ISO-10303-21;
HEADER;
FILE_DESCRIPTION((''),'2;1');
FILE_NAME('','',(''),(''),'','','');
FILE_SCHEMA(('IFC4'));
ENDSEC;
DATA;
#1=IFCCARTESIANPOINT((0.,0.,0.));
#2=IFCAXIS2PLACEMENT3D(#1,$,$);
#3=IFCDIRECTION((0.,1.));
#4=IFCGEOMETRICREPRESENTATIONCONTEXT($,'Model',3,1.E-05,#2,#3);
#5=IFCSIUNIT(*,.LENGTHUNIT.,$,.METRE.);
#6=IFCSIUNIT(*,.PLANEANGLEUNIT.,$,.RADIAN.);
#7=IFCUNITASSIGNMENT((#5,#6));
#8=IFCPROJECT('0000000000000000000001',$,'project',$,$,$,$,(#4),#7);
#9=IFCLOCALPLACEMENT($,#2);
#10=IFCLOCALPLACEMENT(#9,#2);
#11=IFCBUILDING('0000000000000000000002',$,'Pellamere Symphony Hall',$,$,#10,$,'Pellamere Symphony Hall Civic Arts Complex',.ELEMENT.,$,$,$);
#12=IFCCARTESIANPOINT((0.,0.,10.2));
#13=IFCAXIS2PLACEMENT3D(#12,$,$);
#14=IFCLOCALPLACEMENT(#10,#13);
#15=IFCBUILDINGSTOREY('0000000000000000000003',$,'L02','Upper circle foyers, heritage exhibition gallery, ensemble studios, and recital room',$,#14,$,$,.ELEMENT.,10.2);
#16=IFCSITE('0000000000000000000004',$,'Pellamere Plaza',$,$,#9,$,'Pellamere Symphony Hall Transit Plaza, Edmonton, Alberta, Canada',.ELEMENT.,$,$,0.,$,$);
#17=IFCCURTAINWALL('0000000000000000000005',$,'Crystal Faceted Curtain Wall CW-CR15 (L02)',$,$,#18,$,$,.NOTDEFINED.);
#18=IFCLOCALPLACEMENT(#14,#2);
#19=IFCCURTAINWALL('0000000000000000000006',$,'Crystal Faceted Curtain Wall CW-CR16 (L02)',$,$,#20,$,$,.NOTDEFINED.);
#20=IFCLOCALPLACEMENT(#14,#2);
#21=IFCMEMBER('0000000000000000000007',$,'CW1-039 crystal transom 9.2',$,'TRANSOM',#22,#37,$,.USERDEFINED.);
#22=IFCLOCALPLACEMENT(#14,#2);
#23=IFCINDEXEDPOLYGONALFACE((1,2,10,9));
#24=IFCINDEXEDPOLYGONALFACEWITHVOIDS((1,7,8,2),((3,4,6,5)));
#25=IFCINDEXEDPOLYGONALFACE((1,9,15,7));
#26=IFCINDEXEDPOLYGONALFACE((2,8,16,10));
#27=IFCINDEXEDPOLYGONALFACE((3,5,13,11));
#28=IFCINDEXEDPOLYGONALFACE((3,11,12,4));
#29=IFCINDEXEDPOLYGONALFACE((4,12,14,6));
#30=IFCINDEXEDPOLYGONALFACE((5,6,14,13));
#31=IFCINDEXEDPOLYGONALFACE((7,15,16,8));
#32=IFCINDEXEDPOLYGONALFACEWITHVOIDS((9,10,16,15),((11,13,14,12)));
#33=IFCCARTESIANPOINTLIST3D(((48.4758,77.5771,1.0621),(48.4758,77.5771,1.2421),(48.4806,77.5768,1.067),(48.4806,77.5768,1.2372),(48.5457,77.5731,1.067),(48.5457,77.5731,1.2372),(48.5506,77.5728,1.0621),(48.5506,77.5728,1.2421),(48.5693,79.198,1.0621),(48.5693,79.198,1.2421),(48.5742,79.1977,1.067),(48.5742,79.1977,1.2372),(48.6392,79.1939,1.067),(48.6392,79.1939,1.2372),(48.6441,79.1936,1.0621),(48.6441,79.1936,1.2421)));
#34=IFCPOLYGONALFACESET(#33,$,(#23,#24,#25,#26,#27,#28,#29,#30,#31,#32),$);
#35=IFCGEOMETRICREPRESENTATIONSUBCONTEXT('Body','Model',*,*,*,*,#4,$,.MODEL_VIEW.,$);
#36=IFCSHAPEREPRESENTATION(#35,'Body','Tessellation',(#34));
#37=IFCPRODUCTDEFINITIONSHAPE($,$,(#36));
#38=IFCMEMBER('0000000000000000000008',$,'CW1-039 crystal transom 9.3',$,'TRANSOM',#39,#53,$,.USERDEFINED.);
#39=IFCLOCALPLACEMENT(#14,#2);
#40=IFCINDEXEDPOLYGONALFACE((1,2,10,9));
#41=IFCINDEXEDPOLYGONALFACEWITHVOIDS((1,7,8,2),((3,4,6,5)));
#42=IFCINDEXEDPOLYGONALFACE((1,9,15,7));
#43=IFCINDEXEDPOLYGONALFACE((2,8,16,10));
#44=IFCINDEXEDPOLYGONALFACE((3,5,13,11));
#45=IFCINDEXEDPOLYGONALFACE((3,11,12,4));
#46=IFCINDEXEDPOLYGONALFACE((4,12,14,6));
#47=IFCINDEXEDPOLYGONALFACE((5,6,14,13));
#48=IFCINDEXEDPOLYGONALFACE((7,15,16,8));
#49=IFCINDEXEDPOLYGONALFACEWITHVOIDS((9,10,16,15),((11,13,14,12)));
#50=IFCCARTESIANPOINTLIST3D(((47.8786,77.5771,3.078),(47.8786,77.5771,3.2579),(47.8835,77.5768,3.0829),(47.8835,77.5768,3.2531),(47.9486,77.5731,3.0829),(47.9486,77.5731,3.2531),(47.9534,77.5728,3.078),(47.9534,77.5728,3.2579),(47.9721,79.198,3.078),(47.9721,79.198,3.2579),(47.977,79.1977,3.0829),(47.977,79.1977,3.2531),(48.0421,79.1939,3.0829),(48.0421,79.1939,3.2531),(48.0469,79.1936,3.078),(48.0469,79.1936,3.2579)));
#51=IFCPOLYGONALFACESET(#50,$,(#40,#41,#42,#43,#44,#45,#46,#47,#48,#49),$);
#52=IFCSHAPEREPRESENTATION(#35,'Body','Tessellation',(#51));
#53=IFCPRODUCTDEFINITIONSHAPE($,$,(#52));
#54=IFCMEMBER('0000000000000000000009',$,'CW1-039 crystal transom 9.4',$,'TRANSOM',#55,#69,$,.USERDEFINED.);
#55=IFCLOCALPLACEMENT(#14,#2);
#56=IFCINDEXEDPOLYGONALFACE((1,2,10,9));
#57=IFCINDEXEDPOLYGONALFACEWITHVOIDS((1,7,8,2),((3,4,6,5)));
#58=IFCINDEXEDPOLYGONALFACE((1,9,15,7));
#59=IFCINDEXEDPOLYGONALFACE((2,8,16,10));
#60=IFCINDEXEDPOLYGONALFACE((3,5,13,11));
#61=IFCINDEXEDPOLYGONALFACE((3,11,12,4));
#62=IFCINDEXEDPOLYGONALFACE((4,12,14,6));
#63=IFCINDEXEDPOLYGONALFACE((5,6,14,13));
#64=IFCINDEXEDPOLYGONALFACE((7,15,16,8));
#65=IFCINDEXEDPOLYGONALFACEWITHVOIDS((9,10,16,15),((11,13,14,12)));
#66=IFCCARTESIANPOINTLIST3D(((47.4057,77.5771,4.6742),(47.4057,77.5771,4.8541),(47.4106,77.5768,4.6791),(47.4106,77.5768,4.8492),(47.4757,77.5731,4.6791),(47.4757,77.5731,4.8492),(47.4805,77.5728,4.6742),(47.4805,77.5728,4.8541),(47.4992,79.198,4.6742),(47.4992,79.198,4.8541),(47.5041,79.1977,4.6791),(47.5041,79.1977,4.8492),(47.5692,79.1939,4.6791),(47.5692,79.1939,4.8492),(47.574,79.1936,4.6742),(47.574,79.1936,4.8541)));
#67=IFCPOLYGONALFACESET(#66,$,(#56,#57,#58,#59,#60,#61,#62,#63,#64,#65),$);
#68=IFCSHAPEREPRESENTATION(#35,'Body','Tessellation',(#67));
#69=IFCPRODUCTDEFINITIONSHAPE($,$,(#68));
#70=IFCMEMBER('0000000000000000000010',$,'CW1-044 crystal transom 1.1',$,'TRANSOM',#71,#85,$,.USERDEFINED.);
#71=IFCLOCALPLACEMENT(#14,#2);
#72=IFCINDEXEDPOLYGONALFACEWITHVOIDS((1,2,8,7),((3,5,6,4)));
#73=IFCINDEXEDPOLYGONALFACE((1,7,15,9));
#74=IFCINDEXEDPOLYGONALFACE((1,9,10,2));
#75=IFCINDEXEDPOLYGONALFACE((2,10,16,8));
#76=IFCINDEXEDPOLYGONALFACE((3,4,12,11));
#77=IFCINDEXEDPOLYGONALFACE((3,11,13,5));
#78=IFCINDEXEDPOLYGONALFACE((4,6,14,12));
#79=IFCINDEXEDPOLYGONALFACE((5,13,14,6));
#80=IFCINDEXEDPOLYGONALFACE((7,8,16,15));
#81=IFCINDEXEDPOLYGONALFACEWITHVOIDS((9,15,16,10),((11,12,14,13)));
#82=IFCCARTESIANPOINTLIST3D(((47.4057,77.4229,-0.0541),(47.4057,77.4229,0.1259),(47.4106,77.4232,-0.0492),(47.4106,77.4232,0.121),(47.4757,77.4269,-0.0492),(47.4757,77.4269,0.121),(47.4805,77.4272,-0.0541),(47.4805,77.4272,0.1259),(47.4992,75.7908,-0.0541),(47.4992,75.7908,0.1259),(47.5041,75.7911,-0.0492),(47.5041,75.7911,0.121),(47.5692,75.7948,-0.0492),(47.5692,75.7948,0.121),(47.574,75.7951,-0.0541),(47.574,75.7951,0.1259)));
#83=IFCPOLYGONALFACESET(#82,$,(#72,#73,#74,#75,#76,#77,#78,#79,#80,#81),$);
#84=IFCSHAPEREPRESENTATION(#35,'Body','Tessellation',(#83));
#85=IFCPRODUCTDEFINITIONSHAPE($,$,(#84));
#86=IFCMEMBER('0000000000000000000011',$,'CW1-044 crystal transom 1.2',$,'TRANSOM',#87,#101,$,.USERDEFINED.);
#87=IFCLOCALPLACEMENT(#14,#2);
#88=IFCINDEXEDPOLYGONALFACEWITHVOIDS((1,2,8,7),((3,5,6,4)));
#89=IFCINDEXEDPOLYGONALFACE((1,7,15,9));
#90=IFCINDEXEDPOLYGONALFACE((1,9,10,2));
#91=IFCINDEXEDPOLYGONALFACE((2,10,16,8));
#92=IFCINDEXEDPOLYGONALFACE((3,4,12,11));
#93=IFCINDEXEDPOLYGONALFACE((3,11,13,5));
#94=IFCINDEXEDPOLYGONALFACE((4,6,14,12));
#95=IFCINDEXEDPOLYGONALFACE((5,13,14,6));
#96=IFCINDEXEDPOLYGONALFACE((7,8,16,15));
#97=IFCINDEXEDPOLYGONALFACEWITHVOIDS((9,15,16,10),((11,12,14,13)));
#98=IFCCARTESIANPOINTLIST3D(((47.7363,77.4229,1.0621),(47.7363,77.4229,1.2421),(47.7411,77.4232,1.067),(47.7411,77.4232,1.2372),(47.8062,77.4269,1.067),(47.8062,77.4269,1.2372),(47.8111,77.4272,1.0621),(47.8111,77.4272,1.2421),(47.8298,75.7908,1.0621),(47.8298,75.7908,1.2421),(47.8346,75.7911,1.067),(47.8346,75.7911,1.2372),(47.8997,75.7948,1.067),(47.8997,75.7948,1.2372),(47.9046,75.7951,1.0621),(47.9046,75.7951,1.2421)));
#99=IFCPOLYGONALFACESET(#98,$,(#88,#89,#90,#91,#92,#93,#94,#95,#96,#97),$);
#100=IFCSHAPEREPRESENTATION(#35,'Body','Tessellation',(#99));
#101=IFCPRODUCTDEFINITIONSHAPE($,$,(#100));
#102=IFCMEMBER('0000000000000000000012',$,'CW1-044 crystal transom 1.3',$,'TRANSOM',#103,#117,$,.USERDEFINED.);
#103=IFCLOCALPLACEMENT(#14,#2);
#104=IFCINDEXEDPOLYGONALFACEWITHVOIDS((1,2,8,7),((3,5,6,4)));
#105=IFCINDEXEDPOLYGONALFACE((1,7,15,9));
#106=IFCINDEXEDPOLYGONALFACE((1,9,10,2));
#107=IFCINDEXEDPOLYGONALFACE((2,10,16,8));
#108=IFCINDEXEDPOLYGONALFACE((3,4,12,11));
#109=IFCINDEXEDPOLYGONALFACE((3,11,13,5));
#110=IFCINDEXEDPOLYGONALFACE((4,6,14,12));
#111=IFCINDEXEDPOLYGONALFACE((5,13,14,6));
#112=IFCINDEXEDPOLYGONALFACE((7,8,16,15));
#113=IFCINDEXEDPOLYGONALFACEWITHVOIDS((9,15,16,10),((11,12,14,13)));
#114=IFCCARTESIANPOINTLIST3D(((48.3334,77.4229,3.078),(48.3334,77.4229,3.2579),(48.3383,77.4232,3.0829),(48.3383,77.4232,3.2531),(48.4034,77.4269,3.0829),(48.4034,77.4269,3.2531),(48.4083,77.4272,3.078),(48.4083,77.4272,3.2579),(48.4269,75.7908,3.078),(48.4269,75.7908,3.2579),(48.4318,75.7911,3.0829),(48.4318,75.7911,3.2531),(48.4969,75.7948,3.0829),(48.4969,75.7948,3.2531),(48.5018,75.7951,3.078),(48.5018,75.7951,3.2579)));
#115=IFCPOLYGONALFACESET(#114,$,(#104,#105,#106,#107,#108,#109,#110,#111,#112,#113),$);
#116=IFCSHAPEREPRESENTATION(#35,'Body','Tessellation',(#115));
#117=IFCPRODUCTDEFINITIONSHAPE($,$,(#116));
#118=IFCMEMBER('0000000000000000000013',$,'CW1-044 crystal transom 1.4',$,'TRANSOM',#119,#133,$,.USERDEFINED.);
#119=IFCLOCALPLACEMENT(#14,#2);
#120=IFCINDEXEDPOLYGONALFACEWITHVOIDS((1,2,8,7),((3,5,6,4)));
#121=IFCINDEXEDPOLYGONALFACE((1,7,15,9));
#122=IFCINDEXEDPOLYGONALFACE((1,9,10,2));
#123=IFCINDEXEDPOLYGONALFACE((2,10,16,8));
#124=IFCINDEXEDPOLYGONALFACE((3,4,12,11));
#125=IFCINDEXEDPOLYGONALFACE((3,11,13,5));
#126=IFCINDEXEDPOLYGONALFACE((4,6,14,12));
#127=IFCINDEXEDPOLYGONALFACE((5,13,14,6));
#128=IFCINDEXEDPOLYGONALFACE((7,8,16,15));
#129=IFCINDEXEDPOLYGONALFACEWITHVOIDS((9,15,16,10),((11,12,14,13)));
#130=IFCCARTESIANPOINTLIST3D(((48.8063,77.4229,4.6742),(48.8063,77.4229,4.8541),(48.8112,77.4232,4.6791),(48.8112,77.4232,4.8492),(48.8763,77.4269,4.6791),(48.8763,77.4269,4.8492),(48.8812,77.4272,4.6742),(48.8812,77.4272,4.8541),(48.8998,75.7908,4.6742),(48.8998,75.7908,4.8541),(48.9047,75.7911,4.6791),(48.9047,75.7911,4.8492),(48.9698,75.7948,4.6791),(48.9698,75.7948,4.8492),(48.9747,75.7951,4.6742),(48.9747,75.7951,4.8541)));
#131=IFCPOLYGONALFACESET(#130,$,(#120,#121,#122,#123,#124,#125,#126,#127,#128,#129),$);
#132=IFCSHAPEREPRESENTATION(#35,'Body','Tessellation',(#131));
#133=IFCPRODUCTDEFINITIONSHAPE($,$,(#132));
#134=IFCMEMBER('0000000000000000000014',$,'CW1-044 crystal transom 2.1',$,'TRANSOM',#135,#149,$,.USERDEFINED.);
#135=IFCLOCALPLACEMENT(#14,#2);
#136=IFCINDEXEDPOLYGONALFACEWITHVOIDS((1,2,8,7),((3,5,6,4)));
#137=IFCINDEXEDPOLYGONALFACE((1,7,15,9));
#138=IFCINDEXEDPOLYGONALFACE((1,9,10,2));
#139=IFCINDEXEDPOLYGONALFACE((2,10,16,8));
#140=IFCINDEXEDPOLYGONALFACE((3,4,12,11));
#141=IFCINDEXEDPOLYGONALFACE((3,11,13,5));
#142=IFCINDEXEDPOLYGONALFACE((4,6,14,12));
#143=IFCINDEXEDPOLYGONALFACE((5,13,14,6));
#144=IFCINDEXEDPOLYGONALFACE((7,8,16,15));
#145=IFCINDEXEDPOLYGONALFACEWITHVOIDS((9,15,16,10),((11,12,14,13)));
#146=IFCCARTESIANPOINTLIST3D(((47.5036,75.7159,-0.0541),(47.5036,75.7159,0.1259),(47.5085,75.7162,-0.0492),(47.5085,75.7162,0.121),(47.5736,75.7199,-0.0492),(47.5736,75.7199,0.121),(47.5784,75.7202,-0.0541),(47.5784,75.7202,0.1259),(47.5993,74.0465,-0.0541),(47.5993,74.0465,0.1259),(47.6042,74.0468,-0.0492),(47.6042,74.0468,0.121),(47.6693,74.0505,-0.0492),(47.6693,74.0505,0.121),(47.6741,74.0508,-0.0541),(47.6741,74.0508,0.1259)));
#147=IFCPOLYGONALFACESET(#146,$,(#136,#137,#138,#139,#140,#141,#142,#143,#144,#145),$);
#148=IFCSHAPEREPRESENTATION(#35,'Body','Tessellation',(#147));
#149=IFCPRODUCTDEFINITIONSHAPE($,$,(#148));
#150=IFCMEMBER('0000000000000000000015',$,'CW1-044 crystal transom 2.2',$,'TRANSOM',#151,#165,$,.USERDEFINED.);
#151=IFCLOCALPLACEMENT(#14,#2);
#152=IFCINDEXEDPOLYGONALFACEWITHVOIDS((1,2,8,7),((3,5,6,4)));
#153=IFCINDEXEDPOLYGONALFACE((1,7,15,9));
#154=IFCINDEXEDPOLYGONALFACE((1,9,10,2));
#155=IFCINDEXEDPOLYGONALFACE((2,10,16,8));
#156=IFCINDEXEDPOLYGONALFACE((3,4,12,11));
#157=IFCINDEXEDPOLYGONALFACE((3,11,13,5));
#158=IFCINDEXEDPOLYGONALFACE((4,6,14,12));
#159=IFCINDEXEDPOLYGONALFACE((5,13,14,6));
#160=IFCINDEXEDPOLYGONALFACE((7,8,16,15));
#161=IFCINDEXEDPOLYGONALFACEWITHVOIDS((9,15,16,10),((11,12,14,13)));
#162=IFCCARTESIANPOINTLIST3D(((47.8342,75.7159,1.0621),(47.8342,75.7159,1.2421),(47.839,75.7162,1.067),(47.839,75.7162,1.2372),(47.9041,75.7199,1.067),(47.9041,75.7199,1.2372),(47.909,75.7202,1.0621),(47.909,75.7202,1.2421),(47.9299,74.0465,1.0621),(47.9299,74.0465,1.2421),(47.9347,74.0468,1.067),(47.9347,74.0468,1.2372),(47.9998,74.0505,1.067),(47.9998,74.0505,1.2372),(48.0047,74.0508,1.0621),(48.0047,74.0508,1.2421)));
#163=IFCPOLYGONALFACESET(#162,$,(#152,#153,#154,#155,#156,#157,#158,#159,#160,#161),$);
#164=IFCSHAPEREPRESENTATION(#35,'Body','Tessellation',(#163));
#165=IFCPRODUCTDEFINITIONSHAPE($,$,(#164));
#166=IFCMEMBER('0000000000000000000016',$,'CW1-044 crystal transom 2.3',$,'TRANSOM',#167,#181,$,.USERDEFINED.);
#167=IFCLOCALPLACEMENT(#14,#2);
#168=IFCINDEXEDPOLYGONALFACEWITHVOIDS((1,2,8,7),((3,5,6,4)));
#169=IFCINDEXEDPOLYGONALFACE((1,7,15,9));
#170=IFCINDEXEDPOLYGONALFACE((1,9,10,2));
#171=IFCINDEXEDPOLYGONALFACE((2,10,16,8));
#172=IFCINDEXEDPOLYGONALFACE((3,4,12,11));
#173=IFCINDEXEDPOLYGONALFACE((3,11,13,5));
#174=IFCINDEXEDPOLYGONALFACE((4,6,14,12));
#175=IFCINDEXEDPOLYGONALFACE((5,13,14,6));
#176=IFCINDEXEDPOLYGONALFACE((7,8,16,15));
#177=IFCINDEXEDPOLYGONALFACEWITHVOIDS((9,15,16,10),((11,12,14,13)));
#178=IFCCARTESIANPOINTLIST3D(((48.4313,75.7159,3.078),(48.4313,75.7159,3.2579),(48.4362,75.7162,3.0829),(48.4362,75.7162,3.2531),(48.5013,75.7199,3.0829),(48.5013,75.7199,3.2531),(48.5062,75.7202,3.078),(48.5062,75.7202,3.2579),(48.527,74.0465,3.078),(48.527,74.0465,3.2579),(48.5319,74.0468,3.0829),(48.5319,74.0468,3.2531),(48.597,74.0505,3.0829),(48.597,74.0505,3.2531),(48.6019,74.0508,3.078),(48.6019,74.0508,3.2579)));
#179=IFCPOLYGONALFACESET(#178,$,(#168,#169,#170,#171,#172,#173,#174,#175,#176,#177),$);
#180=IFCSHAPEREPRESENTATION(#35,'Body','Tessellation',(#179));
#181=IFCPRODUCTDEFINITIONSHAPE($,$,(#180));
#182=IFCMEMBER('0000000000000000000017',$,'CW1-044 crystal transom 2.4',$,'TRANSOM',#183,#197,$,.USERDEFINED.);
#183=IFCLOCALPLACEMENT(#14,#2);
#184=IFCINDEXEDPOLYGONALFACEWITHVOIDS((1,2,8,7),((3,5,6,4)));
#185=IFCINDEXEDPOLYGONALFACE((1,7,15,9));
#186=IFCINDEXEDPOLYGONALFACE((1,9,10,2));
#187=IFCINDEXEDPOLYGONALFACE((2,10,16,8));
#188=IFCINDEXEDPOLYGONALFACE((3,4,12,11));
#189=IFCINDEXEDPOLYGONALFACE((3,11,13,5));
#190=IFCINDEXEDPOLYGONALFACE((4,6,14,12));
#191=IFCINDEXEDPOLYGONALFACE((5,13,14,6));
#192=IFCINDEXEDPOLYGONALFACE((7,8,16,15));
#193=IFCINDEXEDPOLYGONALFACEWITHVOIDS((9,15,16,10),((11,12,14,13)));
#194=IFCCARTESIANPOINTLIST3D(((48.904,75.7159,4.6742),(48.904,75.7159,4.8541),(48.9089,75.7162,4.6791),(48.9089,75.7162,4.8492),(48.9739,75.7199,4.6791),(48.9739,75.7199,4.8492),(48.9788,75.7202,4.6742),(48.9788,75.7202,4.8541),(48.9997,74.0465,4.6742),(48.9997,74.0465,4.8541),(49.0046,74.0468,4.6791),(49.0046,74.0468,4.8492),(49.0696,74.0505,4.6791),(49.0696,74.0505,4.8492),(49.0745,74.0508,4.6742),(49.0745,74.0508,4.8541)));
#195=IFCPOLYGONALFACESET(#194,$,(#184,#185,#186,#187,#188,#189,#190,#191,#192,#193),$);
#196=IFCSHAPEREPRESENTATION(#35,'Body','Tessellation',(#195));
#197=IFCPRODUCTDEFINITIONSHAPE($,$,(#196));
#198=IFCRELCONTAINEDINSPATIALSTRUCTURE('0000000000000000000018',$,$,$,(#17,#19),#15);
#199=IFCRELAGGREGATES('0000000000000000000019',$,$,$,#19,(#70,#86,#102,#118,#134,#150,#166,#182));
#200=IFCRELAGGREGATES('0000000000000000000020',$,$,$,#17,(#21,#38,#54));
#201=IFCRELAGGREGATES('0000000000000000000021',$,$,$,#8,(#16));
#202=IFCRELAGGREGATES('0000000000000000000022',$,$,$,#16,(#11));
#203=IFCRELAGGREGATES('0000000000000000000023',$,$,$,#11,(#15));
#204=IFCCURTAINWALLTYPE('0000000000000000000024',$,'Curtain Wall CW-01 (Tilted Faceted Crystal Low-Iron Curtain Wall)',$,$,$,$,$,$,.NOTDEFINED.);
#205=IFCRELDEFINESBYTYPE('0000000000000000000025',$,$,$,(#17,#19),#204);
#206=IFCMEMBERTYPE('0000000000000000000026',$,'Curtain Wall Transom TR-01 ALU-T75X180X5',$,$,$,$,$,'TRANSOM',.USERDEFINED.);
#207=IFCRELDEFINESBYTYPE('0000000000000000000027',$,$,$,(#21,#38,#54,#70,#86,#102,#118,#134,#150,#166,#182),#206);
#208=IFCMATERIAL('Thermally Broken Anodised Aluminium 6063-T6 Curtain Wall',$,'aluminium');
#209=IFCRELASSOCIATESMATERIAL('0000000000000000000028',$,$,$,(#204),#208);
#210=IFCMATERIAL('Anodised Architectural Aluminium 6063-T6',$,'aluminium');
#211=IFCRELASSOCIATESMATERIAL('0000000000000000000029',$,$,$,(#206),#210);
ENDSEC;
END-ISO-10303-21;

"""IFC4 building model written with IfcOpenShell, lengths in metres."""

from ifc_helpers import new_model, si_unit, direction, frame, origin, origin_2d, place, context, subcontext, project, spatial, hollow_rectangle, extrude, material, material_profile, profile_set, type_object, element, aggregate, save


model = new_model("IFC4")

# Units and contexts
model_context = context("Model", 3, precision=1e-05, world=origin(), true_north=direction((0.0, 1.0)))
body_context = subcontext(model_context, "Body", "Model", "MODEL_VIEW")
ifc_project = project(units=[si_unit("LENGTHUNIT", "METRE"), si_unit("PLANEANGLEUNIT", "RADIAN")], contexts=[model_context])

# Site, building, storey
site_placement = place(None, origin())
site = spatial("IfcSite", under=ifc_project, at=site_placement, Name="Pellamere Plaza", LongName="Pellamere Symphony Hall Transit Plaza, Edmonton, Alberta, Canada", CompositionType="ELEMENT", RefElevation=0.0)
building_placement = place(site_placement, origin())
building = spatial("IfcBuilding", under=site, at=building_placement, Name="Pellamere Symphony Hall", LongName="Pellamere Symphony Hall Civic Arts Complex", CompositionType="ELEMENT")
storey_placement = place(building_placement, frame((0.0, 0.0, 10.2)))
storey = spatial("IfcBuildingStorey", under=building, at=storey_placement, Name="L02", Description="Upper circle foyers, heritage exhibition gallery, ensemble studios, and recital room", CompositionType="ELEMENT", Elevation=10.2)

# Curtain walls
ifc_material_1 = material(Name="Thermally Broken Anodised Aluminium 6063-T6 Curtain Wall", Category="aluminium")
curtain_wall_type = type_object("IfcCurtainWallType", Name="Curtain Wall CW-01 (Tilted Faceted Crystal Low-Iron Curtain Wall)", PredefinedType="NOTDEFINED", material=ifc_material_1)
curtain_wall_1_placement = place(storey_placement, origin())
curtain_wall_1 = element("IfcCurtainWall", 1, at=curtain_wall_1_placement, inside=storey, type_object=curtain_wall_type, Name="Crystal Faceted Curtain Wall CW-CR15 (L02)", PredefinedType="NOTDEFINED")
ifc_material_2 = material(Name="Anodised Architectural Aluminium 6063-T6", Category="aluminium")
curtain_wall_2_placement = place(storey_placement, origin())
curtain_wall_2 = element("IfcCurtainWall", 2, at=curtain_wall_2_placement, inside=storey, type_object=curtain_wall_type, Name="Crystal Faceted Curtain Wall CW-CR16 (L02)", PredefinedType="NOTDEFINED")

# Members
ifc_material_profile_1 = material_profile(ifc_material_2, hollow_rectangle(XDim=0.075, YDim=0.1799, WallThickness=0.0049, at=origin_2d()), Name="ALU-T75X180X5")
ifc_profile_set_1 = profile_set([ifc_material_profile_1], Name="Anodised Architectural Aluminium 6063-T6")
member_type_1 = type_object("IfcMemberType", Name="Curtain Wall Transom TR-01 ALU-T75X180X5", ElementType="TRANSOM", PredefinedType="USERDEFINED", material=ifc_profile_set_1)
member_1_placement = place(storey_placement, frame((48.6067, 79.1958, 1.1521), z_axis=(-0.057594, -0.99834, 0.0), x_axis=(0.99834, -0.057594, 0.0)))
member_1 = element("IfcMember", 3, at=member_1_placement, type_object=member_type_1, Name="CW1-039 crystal transom 9.2", ObjectType="TRANSOM", PredefinedType="USERDEFINED", context=body_context, shape_type="SweptSolid", body=[
    extrude(hollow_rectangle(XDim=0.075, YDim=0.1799, WallThickness=0.0049, at=origin_2d()), origin(), (0.0, 0.0, 1.0), 1.6235),
])
member_2_placement = place(storey_placement, frame((48.0095, 79.1958, 3.168), z_axis=(-0.057594, -0.99834, 0.0), x_axis=(0.99834, -0.057594, 0.0)))
member_2 = element("IfcMember", 4, at=member_2_placement, type_object=member_type_1, Name="CW1-039 crystal transom 9.3", ObjectType="TRANSOM", PredefinedType="USERDEFINED", context=body_context, shape_type="SweptSolid", body=[
    extrude(hollow_rectangle(XDim=0.075, YDim=0.1799, WallThickness=0.0049, at=origin_2d()), origin(), (0.0, 0.0, 1.0), 1.6235),
])
member_3_placement = place(storey_placement, frame((47.5366, 79.1958, 4.7642), z_axis=(-0.057594, -0.99834, 0.0), x_axis=(0.99834, -0.057594, 0.0)))
member_3 = element("IfcMember", 5, at=member_3_placement, type_object=member_type_1, Name="CW1-039 crystal transom 9.4", ObjectType="TRANSOM", PredefinedType="USERDEFINED", context=body_context, shape_type="SweptSolid", body=[
    extrude(hollow_rectangle(XDim=0.075, YDim=0.1799, WallThickness=0.0049, at=origin_2d()), origin(), (0.0, 0.0, 1.0), 1.6235),
])
member_4_placement = place(storey_placement, frame((47.4431, 77.425, 0.0359), z_axis=(0.057199, -0.998363, 0.0), x_axis=(0.998363, 0.057199, 0.0)))
member_4 = element("IfcMember", 6, at=member_4_placement, type_object=member_type_1, Name="CW1-044 crystal transom 1.1", ObjectType="TRANSOM", PredefinedType="USERDEFINED", context=body_context, shape_type="SweptSolid", body=[
    extrude(hollow_rectangle(XDim=0.075, YDim=0.1799, WallThickness=0.0049, at=origin_2d()), origin(), (0.0, 0.0, 1.0), 1.6348),
])
member_5_placement = place(storey_placement, frame((47.7737, 77.425, 1.1521), z_axis=(0.057199, -0.998363, 0.0), x_axis=(0.998363, 0.057199, 0.0)))
member_5 = element("IfcMember", 7, at=member_5_placement, type_object=member_type_1, Name="CW1-044 crystal transom 1.2", ObjectType="TRANSOM", PredefinedType="USERDEFINED", context=body_context, shape_type="SweptSolid", body=[
    extrude(hollow_rectangle(XDim=0.075, YDim=0.1799, WallThickness=0.0049, at=origin_2d()), origin(), (0.0, 0.0, 1.0), 1.6348),
])
member_6_placement = place(storey_placement, frame((48.3708, 77.425, 3.168), z_axis=(0.057199, -0.998363, 0.0), x_axis=(0.998363, 0.057199, 0.0)))
member_6 = element("IfcMember", 8, at=member_6_placement, type_object=member_type_1, Name="CW1-044 crystal transom 1.3", ObjectType="TRANSOM", PredefinedType="USERDEFINED", context=body_context, shape_type="SweptSolid", body=[
    extrude(hollow_rectangle(XDim=0.075, YDim=0.1799, WallThickness=0.0049, at=origin_2d()), origin(), (0.0, 0.0, 1.0), 1.6348),
])
member_7_placement = place(storey_placement, frame((48.8438, 77.425, 4.7642), z_axis=(0.057199, -0.998363, 0.0), x_axis=(0.998363, 0.057199, 0.0)))
member_7 = element("IfcMember", 9, at=member_7_placement, type_object=member_type_1, Name="CW1-044 crystal transom 1.4", ObjectType="TRANSOM", PredefinedType="USERDEFINED", context=body_context, shape_type="SweptSolid", body=[
    extrude(hollow_rectangle(XDim=0.075, YDim=0.1799, WallThickness=0.0049, at=origin_2d()), origin(), (0.0, 0.0, 1.0), 1.6348),
])
member_8_placement = place(storey_placement, frame((47.541, 75.718, 0.0359), z_axis=(0.057233, -0.998361, 0.0), x_axis=(0.998361, 0.057233, 0.0)))
member_8 = element("IfcMember", 10, at=member_8_placement, type_object=member_type_1, Name="CW1-044 crystal transom 2.1", ObjectType="TRANSOM", PredefinedType="USERDEFINED", context=body_context, shape_type="SweptSolid", body=[
    extrude(hollow_rectangle(XDim=0.075, YDim=0.1799, WallThickness=0.0049, at=origin_2d()), origin(), (0.0, 0.0, 1.0), 1.6721),
])
member_9_placement = place(storey_placement, frame((47.8716, 75.718, 1.1521), z_axis=(0.057233, -0.998361, 0.0), x_axis=(0.998361, 0.057233, 0.0)))
member_9 = element("IfcMember", 11, at=member_9_placement, type_object=member_type_1, Name="CW1-044 crystal transom 2.2", ObjectType="TRANSOM", PredefinedType="USERDEFINED", context=body_context, shape_type="SweptSolid", body=[
    extrude(hollow_rectangle(XDim=0.075, YDim=0.1799, WallThickness=0.0049, at=origin_2d()), origin(), (0.0, 0.0, 1.0), 1.6721),
])
member_10_placement = place(storey_placement, frame((48.4688, 75.718, 3.168), z_axis=(0.057233, -0.998361, 0.0), x_axis=(0.998361, 0.057233, 0.0)))
member_10 = element("IfcMember", 12, at=member_10_placement, type_object=member_type_1, Name="CW1-044 crystal transom 2.3", ObjectType="TRANSOM", PredefinedType="USERDEFINED", context=body_context, shape_type="SweptSolid", body=[
    extrude(hollow_rectangle(XDim=0.075, YDim=0.1799, WallThickness=0.0049, at=origin_2d()), origin(), (0.0, 0.0, 1.0), 1.6721),
])
member_11_placement = place(storey_placement, frame((48.9414, 75.718, 4.7642), z_axis=(0.057233, -0.998361, 0.0), x_axis=(0.998361, 0.057233, 0.0)))
member_11 = element("IfcMember", 13, at=member_11_placement, type_object=member_type_1, Name="CW1-044 crystal transom 2.4", ObjectType="TRANSOM", PredefinedType="USERDEFINED", context=body_context, shape_type="SweptSolid", body=[
    extrude(hollow_rectangle(XDim=0.075, YDim=0.1799, WallThickness=0.0049, at=origin_2d()), origin(), (0.0, 0.0, 1.0), 1.6721),
])

aggregate(curtain_wall_2, [member_4, member_5, member_6, member_7, member_8, member_9, member_10, member_11])
aggregate(curtain_wall_1, [member_1, member_2, member_3])

save(model, "model.ifc")
